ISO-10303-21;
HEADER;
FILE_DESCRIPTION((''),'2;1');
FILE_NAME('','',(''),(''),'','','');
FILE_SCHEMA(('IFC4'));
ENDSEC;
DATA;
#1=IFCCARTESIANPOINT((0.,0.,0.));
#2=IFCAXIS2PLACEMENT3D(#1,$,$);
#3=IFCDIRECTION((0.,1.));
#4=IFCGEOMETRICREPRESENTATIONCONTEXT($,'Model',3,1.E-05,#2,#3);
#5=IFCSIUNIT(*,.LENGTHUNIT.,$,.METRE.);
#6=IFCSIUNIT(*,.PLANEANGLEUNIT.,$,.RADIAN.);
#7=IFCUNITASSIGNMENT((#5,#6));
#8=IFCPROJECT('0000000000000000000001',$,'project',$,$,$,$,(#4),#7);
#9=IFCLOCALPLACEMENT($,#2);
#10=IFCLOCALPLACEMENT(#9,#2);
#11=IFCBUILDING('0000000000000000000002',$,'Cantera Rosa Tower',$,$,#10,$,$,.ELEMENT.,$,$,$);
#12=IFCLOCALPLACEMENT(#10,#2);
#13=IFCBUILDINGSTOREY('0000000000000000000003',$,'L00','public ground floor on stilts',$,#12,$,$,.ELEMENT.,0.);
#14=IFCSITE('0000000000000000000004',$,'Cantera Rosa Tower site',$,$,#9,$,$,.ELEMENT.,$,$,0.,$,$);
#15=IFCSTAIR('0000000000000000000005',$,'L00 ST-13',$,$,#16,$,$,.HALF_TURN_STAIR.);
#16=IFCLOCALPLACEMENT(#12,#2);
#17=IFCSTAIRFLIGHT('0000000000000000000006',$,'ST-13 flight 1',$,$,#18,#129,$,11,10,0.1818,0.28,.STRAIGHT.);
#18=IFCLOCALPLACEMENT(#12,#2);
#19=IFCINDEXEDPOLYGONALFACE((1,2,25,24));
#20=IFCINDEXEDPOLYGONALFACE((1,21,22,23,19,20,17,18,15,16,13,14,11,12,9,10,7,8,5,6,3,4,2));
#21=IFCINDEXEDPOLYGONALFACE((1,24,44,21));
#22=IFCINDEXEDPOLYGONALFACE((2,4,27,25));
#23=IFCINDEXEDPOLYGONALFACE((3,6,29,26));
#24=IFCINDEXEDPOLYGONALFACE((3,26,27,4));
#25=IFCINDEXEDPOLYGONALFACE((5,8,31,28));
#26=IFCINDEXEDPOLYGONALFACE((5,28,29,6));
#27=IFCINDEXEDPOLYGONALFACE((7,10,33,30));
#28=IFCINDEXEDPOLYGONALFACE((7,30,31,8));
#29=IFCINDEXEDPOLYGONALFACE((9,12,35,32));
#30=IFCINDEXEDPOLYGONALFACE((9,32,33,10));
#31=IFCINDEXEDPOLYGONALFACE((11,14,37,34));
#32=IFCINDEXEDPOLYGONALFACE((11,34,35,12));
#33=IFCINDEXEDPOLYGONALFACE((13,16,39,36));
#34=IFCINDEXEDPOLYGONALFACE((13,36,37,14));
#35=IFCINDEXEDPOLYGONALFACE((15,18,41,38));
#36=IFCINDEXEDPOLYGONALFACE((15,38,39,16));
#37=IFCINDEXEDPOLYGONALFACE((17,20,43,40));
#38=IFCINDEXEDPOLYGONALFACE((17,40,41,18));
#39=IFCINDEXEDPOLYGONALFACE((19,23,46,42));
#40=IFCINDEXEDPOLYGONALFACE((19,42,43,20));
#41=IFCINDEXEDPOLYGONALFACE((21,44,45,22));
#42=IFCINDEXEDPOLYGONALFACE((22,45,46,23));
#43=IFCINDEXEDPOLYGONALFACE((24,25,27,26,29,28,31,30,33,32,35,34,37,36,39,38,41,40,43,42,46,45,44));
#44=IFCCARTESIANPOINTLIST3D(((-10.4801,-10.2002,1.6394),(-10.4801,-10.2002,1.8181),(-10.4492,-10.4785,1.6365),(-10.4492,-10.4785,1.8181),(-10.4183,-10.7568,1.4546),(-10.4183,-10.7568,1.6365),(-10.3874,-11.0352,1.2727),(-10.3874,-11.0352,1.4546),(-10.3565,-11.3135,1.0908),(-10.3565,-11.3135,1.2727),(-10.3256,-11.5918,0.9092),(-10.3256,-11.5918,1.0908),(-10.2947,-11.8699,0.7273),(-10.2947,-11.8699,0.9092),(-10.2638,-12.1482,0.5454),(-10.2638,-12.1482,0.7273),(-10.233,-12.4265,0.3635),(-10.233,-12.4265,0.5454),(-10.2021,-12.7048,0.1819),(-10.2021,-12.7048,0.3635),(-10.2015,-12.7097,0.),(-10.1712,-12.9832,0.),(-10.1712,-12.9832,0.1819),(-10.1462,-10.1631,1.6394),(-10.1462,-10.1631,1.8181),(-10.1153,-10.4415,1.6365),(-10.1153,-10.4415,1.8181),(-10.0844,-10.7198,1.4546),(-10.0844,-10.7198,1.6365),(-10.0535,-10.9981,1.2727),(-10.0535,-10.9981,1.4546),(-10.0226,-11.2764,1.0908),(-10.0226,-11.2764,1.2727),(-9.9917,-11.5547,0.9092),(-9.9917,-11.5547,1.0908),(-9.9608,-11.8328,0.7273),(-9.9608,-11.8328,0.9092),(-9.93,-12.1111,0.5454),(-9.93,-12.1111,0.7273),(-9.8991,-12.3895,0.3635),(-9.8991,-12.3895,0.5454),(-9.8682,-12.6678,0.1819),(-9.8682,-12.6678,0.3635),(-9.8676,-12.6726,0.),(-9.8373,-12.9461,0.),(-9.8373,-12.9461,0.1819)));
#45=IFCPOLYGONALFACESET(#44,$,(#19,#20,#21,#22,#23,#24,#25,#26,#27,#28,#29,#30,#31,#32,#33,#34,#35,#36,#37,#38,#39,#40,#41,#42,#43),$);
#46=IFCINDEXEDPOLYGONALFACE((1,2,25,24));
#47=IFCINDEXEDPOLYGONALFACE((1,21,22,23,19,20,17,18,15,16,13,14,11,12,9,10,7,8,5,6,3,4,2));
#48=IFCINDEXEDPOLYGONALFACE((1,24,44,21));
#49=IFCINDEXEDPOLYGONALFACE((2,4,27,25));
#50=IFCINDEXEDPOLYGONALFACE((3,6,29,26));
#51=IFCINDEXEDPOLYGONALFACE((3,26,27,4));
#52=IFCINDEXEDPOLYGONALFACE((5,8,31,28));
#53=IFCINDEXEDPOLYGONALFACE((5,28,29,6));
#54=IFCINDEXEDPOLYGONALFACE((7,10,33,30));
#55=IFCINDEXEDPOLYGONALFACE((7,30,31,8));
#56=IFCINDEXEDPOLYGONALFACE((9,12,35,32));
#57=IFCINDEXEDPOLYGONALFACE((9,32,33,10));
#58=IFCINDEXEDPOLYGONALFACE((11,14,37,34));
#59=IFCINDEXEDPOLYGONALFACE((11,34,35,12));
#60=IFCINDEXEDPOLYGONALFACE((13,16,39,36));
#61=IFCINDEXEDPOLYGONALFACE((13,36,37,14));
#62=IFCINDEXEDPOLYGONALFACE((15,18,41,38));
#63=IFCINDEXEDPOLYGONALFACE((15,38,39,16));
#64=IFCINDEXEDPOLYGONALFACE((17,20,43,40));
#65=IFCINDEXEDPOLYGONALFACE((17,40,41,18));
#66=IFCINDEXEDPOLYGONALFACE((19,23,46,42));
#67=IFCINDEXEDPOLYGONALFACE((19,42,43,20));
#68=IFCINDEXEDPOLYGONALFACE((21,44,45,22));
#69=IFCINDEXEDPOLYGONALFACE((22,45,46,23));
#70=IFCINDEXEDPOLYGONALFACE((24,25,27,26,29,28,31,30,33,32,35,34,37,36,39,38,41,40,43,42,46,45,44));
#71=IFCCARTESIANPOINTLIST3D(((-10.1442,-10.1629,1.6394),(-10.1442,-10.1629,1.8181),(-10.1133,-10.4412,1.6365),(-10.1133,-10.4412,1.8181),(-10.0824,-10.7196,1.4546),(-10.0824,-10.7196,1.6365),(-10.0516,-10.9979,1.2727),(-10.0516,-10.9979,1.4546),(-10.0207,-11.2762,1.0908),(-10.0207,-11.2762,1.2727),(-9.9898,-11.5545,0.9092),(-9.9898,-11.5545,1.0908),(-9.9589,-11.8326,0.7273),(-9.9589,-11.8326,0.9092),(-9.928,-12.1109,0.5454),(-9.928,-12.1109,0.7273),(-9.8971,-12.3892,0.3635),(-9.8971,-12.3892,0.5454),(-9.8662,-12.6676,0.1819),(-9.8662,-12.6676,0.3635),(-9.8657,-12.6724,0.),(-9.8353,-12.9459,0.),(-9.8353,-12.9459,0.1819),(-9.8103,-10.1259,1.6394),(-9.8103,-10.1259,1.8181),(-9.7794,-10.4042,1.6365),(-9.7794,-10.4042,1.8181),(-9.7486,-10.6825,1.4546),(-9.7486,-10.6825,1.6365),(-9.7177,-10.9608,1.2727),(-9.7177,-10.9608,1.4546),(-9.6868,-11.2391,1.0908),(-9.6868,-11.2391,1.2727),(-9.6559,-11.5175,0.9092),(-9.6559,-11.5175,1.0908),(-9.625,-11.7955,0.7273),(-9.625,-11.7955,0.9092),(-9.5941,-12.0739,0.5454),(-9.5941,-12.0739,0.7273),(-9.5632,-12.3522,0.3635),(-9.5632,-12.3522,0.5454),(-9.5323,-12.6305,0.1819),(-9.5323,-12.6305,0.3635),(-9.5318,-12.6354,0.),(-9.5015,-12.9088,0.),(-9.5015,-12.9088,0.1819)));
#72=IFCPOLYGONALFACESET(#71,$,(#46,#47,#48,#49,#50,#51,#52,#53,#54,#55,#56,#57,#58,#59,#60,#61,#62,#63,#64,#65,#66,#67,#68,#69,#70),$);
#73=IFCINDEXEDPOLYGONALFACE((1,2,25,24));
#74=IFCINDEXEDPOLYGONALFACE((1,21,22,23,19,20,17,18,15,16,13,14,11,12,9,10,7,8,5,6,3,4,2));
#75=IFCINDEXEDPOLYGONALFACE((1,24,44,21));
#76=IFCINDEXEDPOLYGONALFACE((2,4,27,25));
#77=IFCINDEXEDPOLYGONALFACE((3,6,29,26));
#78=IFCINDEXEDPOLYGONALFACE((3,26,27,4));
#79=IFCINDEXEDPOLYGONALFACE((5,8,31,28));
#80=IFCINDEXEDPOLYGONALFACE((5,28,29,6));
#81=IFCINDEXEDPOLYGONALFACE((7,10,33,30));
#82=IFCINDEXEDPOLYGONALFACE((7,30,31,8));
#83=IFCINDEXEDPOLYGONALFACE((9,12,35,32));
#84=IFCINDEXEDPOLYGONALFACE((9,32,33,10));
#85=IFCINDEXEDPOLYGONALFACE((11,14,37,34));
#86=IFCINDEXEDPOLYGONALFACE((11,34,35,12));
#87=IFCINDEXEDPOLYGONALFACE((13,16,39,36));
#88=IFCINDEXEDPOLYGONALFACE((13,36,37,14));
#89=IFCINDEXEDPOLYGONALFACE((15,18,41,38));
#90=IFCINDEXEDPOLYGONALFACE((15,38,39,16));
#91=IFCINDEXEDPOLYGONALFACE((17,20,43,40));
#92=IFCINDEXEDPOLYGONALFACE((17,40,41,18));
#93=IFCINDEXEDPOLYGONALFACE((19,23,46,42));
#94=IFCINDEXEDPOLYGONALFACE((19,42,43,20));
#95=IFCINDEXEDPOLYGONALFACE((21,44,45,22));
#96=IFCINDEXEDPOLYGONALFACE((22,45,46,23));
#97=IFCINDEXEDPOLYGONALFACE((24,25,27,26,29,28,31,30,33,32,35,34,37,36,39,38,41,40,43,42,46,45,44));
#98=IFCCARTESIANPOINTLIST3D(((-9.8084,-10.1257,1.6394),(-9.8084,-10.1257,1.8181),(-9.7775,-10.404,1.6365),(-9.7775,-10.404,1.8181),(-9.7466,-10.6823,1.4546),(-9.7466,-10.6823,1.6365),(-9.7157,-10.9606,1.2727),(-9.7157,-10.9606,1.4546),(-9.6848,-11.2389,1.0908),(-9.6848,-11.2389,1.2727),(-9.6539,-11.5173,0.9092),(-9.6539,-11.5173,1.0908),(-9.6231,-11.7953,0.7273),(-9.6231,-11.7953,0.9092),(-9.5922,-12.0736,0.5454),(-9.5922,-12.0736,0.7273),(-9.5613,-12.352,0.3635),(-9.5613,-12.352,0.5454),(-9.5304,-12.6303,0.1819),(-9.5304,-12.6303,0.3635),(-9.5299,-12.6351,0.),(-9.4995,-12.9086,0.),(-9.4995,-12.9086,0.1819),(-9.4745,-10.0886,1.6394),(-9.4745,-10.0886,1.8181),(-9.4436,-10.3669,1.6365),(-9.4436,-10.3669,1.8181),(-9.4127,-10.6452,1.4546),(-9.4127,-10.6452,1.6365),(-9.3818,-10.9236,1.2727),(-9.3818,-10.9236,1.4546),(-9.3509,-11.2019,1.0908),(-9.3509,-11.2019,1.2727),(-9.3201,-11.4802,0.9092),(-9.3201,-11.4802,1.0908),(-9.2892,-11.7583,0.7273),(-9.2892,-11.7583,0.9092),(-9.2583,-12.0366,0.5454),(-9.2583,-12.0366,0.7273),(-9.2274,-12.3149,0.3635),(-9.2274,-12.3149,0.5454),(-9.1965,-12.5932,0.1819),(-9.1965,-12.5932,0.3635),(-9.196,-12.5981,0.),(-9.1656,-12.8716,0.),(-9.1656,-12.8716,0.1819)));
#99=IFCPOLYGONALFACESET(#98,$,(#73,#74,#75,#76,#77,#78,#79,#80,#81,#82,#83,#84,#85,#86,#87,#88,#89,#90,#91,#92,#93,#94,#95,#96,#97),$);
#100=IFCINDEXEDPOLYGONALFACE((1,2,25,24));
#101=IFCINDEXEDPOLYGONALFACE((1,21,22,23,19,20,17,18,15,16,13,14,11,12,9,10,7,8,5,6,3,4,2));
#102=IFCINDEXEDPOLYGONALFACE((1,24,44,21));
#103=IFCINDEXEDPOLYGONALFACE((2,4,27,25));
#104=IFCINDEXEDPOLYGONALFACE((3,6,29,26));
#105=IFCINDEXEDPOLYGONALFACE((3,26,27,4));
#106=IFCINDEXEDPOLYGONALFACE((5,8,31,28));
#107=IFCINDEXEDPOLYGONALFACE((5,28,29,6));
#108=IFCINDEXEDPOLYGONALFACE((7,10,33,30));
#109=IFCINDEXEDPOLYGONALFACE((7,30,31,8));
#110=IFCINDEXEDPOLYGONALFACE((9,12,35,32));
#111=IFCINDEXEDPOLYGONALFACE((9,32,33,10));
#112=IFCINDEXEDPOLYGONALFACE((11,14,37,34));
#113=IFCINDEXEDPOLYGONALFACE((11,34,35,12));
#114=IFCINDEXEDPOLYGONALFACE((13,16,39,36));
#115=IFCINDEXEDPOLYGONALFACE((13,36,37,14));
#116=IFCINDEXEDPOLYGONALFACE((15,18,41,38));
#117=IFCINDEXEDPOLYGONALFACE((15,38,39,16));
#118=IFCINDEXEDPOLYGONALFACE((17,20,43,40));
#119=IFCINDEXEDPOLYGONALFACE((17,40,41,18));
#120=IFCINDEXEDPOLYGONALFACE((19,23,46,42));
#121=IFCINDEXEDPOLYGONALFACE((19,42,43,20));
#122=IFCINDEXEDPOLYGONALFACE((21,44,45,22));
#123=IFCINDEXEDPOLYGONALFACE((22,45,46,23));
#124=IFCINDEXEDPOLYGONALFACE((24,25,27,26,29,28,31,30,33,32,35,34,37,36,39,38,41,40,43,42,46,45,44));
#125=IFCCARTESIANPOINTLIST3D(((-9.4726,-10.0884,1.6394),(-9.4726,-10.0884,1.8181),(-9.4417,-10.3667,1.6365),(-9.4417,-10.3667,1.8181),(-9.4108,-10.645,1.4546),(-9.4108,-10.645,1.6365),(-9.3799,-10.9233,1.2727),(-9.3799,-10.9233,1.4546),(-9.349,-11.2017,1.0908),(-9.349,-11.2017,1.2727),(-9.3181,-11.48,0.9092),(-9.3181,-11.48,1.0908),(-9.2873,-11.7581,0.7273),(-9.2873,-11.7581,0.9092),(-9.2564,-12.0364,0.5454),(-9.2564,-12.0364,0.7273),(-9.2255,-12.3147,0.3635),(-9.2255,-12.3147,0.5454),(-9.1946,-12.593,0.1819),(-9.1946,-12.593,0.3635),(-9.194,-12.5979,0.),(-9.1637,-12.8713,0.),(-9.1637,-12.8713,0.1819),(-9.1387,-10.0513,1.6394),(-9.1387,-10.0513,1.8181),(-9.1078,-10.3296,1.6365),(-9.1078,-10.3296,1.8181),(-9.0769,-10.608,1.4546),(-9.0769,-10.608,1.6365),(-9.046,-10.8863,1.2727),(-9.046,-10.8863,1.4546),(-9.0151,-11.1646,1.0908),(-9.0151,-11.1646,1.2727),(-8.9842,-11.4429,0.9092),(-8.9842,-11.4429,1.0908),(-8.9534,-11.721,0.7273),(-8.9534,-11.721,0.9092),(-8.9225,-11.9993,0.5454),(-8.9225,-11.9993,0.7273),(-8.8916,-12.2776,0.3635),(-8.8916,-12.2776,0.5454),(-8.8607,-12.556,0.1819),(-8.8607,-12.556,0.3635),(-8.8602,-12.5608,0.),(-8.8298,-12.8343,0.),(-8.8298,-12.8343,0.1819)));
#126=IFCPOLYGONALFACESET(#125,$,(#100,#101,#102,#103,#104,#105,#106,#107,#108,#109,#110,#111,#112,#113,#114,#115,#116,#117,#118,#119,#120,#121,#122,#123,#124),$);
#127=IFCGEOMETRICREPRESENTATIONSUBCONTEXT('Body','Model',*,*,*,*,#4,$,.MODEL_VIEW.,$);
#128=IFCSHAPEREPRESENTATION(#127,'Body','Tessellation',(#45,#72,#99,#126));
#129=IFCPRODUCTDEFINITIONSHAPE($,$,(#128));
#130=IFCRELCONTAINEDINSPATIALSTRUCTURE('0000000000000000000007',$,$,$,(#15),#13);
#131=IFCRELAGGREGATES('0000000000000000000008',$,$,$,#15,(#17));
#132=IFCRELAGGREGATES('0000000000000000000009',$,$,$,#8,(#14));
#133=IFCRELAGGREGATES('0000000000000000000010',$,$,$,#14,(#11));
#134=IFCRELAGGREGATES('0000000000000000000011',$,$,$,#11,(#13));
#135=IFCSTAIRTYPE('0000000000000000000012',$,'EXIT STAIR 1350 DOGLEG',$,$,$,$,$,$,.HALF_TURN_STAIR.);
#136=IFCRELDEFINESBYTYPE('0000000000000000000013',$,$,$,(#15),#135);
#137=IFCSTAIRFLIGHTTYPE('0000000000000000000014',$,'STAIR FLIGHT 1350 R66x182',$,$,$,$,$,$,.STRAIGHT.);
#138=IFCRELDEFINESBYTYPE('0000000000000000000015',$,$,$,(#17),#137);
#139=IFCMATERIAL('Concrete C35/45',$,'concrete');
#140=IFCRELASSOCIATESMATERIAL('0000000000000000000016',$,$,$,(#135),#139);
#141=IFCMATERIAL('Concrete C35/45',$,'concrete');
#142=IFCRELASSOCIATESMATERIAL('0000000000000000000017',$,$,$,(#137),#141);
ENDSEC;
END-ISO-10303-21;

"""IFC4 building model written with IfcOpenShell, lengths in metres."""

from ifc_helpers import new_model, si_unit, direction, frame, origin, place, context, subcontext, project, spatial, polyline, outline, extrude, material, type_object, element, aggregate, save


model = new_model("IFC4")

# Units and contexts
model_context = context("Model", 3, precision=1e-05, world=origin(), true_north=direction((0.0, 1.0)))
body_context = subcontext(model_context, "Body", "Model", "MODEL_VIEW")
ifc_project = project(units=[si_unit("LENGTHUNIT", "METRE"), si_unit("PLANEANGLEUNIT", "RADIAN")], contexts=[model_context])

# Site, building, storey
site_placement = place(None, origin())
site = spatial("IfcSite", under=ifc_project, at=site_placement, Name="Cantera Rosa Tower site", CompositionType="ELEMENT", RefElevation=0.0)
building_placement = place(site_placement, origin())
building = spatial("IfcBuilding", under=site, at=building_placement, Name="Cantera Rosa Tower", CompositionType="ELEMENT")
storey_placement = place(building_placement, origin())
storey = spatial("IfcBuildingStorey", under=building, at=storey_placement, Name="L00", Description="public ground floor on stilts", CompositionType="ELEMENT", Elevation=0.0)

# Stair, stair flight
ifc_material_1 = material(Name="Concrete C35/45", Category="concrete")
stair_type = type_object("IfcStairType", Name="EXIT STAIR 1350 DOGLEG", PredefinedType="HALF_TURN_STAIR", material=ifc_material_1)
stair_placement = place(storey_placement, origin())
stair = element("IfcStair", 1, at=stair_placement, inside=storey, type_object=stair_type, Name="L00 ST-13", PredefinedType="HALF_TURN_STAIR")
ifc_material_2 = material(Name="Concrete C35/45", Category="concrete")
stair_flight_type = type_object("IfcStairFlightType", Name="STAIR FLIGHT 1350 R66x182", PredefinedType="STRAIGHT", material=ifc_material_2)
stair_flight_1_placement = place(storey_placement, frame((-9.5002, -12.9087, 0.0), z_axis=(0.0, 0.0, 1.0), x_axis=(-0.110313, 0.993897, 0.0)))
stair_flight_1 = element("IfcStairFlight", 2, at=stair_flight_1_placement, type_object=stair_flight_type, Name="ST-13 flight 1", NumberOfRisers=11, NumberOfTreads=10, PredefinedType="STRAIGHT", RiserHeight=0.1818, TreadLength=0.28, context=body_context, shape_type="SweptSolid", body=[
    extrude(outline(polyline([(0.0, 0.0), (0.0, 0.1819), (0.28, 0.1819), (0.28, 0.3635), (0.5601, 0.3635), (0.5601, 0.5454), (0.8401, 0.5454), (0.8401, 0.7273), (1.1201, 0.7273), (1.1201, 0.9092), (1.3999, 0.9092), (1.3999, 1.0908), (1.6799, 1.0908), (1.6799, 1.2727), (1.96, 1.2727), (1.96, 1.4546), (2.24, 1.4546), (2.24, 1.6365), (2.52, 1.6365), (2.52, 1.8181), (2.8, 1.8181), (2.8, 2.0), (2.8, 1.6394), (0.2751, 0.0), (0.0, 0.0)])), frame((0.0, 0.675, 0.0), z_axis=(0.0, -1.0, 0.0), x_axis=(1.0, 0.0, 0.0)), (0.0, 0.0, 1.0), 0.3359),
    extrude(outline(polyline([(0.0, 0.0), (0.0, 0.1819), (0.28, 0.1819), (0.28, 0.3635), (0.5601, 0.3635), (0.5601, 0.5454), (0.8401, 0.5454), (0.8401, 0.7273), (1.1201, 0.7273), (1.1201, 0.9092), (1.3999, 0.9092), (1.3999, 1.0908), (1.6799, 1.0908), (1.6799, 1.2727), (1.96, 1.2727), (1.96, 1.4546), (2.24, 1.4546), (2.24, 1.6365), (2.52, 1.6365), (2.52, 1.8181), (2.8, 1.8181), (2.8, 2.0), (2.8, 1.6394), (0.2751, 0.0), (0.0, 0.0)])), frame((0.0, 0.3372, 0.0), z_axis=(0.0, -1.0, 0.0), x_axis=(1.0, 0.0, 0.0)), (0.0, 0.0, 1.0), 0.3359),
    extrude(outline(polyline([(0.0, 0.0), (0.0, 0.1819), (0.28, 0.1819), (0.28, 0.3635), (0.5601, 0.3635), (0.5601, 0.5454), (0.8401, 0.5454), (0.8401, 0.7273), (1.1201, 0.7273), (1.1201, 0.9092), (1.3999, 0.9092), (1.3999, 1.0908), (1.6799, 1.0908), (1.6799, 1.2727), (1.96, 1.2727), (1.96, 1.4546), (2.24, 1.4546), (2.24, 1.6365), (2.52, 1.6365), (2.52, 1.8181), (2.8, 1.8181), (2.8, 2.0), (2.8, 1.6394), (0.2751, 0.0), (0.0, 0.0)])), frame((0.0, -0.0007, 0.0), z_axis=(0.0, -1.0, 0.0), x_axis=(1.0, 0.0, 0.0)), (0.0, 0.0, 1.0), 0.3359),
    extrude(outline(polyline([(0.0, 0.0), (0.0, 0.1819), (0.28, 0.1819), (0.28, 0.3635), (0.5601, 0.3635), (0.5601, 0.5454), (0.8401, 0.5454), (0.8401, 0.7273), (1.1201, 0.7273), (1.1201, 0.9092), (1.3999, 0.9092), (1.3999, 1.0908), (1.6799, 1.0908), (1.6799, 1.2727), (1.96, 1.2727), (1.96, 1.4546), (2.24, 1.4546), (2.24, 1.6365), (2.52, 1.6365), (2.52, 1.8181), (2.8, 1.8181), (2.8, 2.0), (2.8, 1.6394), (0.2751, 0.0), (0.0, 0.0)])), frame((0.0, -0.3386, 0.0), z_axis=(0.0, -1.0, 0.0), x_axis=(1.0, 0.0, 0.0)), (0.0, 0.0, 1.0), 0.3359),
])
aggregate(stair, [stair_flight_1])

save(model, "model.ifc")
